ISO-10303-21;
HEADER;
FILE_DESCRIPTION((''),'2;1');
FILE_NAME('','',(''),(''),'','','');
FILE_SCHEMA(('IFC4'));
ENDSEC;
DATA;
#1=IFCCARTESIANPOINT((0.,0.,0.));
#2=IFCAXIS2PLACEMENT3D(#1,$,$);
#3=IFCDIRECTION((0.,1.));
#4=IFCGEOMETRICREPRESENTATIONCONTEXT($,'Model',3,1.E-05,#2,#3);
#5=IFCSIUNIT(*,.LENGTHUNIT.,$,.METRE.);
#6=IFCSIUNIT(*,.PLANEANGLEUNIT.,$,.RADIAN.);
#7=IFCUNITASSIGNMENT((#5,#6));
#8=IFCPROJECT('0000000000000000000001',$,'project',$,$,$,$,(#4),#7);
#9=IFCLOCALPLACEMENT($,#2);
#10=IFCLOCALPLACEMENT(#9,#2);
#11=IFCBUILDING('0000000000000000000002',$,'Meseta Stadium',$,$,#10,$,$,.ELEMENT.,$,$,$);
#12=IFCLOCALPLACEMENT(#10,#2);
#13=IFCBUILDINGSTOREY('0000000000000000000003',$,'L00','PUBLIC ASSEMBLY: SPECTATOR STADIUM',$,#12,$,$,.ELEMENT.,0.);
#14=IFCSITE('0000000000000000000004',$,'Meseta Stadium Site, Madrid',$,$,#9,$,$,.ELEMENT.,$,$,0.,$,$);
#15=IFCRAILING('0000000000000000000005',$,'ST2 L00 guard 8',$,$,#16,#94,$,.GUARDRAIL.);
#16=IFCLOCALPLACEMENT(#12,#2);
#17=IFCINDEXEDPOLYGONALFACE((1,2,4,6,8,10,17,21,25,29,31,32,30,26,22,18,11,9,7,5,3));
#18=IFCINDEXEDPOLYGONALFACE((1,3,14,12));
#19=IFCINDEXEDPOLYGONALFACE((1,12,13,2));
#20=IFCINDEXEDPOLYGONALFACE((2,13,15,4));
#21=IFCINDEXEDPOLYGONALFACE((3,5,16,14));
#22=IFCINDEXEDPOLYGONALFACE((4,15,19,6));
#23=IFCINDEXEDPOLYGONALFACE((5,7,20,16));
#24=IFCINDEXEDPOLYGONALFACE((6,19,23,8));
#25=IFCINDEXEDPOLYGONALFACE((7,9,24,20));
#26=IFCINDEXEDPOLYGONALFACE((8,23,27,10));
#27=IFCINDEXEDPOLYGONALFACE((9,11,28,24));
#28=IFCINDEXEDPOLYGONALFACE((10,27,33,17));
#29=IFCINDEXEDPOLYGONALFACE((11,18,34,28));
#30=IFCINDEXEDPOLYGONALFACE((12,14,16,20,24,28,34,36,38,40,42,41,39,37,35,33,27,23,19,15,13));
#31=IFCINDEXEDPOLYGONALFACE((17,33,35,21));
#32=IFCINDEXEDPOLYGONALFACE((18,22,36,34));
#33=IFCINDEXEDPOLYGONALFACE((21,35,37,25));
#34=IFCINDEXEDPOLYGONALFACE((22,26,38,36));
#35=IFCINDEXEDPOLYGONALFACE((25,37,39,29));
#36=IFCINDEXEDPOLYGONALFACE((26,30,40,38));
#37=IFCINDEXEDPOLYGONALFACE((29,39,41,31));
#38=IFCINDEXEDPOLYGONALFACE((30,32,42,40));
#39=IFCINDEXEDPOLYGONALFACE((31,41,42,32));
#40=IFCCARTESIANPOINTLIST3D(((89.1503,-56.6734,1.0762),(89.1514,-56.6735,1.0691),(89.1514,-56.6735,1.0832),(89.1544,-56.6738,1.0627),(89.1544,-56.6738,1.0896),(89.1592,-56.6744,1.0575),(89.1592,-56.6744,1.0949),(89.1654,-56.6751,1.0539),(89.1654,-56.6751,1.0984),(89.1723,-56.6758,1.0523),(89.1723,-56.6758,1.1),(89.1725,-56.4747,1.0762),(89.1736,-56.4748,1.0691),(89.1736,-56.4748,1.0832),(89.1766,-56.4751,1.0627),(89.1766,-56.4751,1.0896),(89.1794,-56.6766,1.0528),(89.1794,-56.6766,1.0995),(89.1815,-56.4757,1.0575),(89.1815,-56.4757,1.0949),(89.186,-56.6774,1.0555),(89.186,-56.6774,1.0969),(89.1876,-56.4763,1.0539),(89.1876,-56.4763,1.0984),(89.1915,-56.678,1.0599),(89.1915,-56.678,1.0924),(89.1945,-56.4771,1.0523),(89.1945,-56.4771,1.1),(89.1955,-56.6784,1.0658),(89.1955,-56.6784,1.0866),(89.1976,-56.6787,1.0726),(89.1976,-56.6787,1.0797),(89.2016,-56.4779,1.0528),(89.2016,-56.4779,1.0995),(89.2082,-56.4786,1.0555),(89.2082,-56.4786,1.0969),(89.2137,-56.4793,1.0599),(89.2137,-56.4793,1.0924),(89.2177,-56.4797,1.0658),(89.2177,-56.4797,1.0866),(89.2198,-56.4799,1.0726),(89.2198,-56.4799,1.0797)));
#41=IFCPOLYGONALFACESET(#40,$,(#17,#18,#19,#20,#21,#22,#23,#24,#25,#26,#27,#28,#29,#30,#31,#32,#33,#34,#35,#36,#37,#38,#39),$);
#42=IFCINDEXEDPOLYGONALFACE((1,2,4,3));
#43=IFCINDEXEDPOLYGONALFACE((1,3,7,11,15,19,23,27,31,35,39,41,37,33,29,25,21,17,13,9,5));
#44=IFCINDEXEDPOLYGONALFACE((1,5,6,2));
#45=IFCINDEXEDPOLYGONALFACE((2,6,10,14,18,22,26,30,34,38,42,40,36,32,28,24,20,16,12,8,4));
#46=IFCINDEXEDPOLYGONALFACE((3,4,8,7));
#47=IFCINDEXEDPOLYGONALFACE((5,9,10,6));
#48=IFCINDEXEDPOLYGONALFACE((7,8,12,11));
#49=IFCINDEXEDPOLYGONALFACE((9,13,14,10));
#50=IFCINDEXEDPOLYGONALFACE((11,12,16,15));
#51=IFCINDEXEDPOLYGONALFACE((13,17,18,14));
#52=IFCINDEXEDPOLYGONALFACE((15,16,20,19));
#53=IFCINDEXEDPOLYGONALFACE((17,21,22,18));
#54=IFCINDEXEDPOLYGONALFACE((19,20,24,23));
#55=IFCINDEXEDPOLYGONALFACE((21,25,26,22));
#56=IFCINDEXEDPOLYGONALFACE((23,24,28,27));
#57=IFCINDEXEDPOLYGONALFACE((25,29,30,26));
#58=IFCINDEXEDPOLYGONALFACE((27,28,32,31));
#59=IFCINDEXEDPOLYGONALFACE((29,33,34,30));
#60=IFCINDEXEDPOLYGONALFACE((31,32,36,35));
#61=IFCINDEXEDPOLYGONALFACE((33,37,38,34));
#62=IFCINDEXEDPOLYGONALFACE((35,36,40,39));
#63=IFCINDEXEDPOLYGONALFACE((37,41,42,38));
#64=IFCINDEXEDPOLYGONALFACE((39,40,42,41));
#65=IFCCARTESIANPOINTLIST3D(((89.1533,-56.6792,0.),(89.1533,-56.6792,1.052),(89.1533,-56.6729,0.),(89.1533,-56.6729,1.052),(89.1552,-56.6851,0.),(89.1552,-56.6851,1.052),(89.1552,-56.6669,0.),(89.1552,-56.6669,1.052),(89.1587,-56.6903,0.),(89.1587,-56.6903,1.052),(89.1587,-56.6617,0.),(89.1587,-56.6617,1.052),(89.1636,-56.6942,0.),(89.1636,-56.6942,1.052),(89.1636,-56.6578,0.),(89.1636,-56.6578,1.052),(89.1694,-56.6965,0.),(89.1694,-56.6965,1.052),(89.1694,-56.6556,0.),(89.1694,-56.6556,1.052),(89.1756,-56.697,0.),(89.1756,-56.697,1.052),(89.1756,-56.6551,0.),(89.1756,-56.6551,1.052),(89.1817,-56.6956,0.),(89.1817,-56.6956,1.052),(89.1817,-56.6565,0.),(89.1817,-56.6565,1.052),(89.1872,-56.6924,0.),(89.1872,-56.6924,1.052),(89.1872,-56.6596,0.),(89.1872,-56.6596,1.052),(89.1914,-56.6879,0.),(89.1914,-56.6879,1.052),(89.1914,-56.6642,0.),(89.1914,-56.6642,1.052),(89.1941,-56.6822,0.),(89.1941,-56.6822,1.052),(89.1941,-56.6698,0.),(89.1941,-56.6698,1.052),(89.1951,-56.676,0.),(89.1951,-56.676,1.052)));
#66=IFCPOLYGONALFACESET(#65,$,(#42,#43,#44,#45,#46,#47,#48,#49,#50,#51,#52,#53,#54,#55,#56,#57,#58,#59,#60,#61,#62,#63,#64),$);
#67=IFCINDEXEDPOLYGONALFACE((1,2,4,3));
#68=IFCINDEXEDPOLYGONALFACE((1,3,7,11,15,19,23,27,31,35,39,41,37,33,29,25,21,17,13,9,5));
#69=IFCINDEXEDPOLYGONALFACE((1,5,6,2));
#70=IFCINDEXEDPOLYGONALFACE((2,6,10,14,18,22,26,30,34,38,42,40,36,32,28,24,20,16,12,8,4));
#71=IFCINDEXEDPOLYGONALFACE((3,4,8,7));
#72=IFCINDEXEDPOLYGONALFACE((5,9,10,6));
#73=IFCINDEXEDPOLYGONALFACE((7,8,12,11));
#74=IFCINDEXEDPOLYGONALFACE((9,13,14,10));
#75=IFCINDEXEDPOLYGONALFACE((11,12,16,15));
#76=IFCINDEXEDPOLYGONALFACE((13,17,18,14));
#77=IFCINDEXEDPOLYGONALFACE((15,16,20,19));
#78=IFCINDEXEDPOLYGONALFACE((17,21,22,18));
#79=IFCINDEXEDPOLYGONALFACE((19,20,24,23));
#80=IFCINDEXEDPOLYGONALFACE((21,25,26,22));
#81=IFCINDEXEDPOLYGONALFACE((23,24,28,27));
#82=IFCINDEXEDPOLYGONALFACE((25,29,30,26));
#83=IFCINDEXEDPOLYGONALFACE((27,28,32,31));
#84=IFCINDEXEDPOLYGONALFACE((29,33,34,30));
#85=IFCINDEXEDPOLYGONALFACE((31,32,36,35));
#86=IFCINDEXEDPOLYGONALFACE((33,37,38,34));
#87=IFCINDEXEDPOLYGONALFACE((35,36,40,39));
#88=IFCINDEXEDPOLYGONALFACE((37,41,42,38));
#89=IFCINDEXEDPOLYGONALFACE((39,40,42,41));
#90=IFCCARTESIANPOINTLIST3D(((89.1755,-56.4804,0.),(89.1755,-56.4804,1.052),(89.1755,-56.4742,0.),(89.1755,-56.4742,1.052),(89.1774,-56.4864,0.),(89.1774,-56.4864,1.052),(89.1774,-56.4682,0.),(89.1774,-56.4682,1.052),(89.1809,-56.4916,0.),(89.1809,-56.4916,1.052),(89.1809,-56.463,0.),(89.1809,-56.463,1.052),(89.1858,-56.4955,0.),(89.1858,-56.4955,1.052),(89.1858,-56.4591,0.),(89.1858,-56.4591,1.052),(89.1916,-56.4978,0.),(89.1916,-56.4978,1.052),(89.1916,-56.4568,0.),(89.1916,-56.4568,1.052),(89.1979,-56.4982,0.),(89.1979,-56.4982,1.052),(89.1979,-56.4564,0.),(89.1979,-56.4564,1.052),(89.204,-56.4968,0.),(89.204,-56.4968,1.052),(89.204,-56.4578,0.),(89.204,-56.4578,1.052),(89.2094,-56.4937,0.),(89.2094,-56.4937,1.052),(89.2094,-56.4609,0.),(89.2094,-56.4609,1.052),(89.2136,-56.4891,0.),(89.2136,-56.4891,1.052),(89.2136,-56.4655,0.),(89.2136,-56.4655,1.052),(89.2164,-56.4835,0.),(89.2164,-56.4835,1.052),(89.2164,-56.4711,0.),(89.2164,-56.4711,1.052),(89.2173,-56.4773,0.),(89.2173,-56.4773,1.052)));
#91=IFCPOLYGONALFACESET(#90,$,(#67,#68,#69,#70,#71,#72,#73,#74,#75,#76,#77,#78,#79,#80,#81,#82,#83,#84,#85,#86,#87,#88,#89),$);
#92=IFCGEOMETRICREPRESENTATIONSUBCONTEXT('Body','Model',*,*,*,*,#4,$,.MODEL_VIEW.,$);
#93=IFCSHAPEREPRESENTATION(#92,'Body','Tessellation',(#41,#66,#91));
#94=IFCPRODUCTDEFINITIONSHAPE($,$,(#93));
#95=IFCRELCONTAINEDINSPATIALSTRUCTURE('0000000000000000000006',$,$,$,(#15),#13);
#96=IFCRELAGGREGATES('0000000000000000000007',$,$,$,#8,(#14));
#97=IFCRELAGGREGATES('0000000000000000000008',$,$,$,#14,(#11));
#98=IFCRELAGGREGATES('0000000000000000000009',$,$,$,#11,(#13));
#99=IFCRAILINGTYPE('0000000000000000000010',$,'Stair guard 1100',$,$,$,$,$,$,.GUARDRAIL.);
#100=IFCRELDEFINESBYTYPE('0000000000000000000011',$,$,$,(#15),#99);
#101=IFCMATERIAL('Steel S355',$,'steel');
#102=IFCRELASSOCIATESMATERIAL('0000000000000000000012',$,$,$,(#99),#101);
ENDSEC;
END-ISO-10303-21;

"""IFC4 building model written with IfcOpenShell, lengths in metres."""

from ifc_helpers import new_model, si_unit, direction, frame, origin, origin_2d, place, context, subcontext, project, spatial, circle, extrude, material, type_object, element, save


model = new_model("IFC4")

# Units and contexts
model_context = context("Model", 3, precision=1e-05, world=origin(), true_north=direction((0.0, 1.0)))
body_context = subcontext(model_context, "Body", "Model", "MODEL_VIEW")
ifc_project = project(units=[si_unit("LENGTHUNIT", "METRE"), si_unit("PLANEANGLEUNIT", "RADIAN")], contexts=[model_context])

# Site, building, storey
site_placement = place(None, origin())
site = spatial("IfcSite", under=ifc_project, at=site_placement, Name="Meseta Stadium Site, Madrid", CompositionType="ELEMENT", RefElevation=0.0)
building_placement = place(site_placement, origin())
building = spatial("IfcBuilding", under=site, at=building_placement, Name="Meseta Stadium", CompositionType="ELEMENT")
storey_placement = place(building_placement, origin())
storey = spatial("IfcBuildingStorey", under=building, at=storey_placement, Name="L00", Description="PUBLIC ASSEMBLY: SPECTATOR STADIUM", CompositionType="ELEMENT", Elevation=0.0)

# Railing
ifc_material_1 = material(Name="Steel S355", Category="steel")
railing_type_1 = type_object("IfcRailingType", Name="Stair guard 1100", PredefinedType="GUARDRAIL", material=ifc_material_1)
railing_1_placement = place(storey_placement, frame((89.1741, -56.676, 0.0)))
element("IfcRailing", 1, at=railing_1_placement, inside=storey, type_object=railing_type_1, Name="ST2 L00 guard 8", PredefinedType="GUARDRAIL", context=body_context, shape_type="SweptSolid", body=[
    extrude(circle(Radius=0.0239, at=origin_2d()), frame((0.0, 0.0, 1.0762), z_axis=(0.111102, 0.993809, 0.0), x_axis=(-0.993809, 0.111102, 0.0)), (0.0, 0.0, 1.0), 0.2),
    extrude(circle(Radius=0.021, at=origin_2d()), origin(), (0.0, 0.0, 1.0), 1.052),
    extrude(circle(Radius=0.021, at=origin_2d()), frame((0.0222, 0.1987, 0.0)), (0.0, 0.0, 1.0), 1.052),
])

save(model, "model.ifc")
